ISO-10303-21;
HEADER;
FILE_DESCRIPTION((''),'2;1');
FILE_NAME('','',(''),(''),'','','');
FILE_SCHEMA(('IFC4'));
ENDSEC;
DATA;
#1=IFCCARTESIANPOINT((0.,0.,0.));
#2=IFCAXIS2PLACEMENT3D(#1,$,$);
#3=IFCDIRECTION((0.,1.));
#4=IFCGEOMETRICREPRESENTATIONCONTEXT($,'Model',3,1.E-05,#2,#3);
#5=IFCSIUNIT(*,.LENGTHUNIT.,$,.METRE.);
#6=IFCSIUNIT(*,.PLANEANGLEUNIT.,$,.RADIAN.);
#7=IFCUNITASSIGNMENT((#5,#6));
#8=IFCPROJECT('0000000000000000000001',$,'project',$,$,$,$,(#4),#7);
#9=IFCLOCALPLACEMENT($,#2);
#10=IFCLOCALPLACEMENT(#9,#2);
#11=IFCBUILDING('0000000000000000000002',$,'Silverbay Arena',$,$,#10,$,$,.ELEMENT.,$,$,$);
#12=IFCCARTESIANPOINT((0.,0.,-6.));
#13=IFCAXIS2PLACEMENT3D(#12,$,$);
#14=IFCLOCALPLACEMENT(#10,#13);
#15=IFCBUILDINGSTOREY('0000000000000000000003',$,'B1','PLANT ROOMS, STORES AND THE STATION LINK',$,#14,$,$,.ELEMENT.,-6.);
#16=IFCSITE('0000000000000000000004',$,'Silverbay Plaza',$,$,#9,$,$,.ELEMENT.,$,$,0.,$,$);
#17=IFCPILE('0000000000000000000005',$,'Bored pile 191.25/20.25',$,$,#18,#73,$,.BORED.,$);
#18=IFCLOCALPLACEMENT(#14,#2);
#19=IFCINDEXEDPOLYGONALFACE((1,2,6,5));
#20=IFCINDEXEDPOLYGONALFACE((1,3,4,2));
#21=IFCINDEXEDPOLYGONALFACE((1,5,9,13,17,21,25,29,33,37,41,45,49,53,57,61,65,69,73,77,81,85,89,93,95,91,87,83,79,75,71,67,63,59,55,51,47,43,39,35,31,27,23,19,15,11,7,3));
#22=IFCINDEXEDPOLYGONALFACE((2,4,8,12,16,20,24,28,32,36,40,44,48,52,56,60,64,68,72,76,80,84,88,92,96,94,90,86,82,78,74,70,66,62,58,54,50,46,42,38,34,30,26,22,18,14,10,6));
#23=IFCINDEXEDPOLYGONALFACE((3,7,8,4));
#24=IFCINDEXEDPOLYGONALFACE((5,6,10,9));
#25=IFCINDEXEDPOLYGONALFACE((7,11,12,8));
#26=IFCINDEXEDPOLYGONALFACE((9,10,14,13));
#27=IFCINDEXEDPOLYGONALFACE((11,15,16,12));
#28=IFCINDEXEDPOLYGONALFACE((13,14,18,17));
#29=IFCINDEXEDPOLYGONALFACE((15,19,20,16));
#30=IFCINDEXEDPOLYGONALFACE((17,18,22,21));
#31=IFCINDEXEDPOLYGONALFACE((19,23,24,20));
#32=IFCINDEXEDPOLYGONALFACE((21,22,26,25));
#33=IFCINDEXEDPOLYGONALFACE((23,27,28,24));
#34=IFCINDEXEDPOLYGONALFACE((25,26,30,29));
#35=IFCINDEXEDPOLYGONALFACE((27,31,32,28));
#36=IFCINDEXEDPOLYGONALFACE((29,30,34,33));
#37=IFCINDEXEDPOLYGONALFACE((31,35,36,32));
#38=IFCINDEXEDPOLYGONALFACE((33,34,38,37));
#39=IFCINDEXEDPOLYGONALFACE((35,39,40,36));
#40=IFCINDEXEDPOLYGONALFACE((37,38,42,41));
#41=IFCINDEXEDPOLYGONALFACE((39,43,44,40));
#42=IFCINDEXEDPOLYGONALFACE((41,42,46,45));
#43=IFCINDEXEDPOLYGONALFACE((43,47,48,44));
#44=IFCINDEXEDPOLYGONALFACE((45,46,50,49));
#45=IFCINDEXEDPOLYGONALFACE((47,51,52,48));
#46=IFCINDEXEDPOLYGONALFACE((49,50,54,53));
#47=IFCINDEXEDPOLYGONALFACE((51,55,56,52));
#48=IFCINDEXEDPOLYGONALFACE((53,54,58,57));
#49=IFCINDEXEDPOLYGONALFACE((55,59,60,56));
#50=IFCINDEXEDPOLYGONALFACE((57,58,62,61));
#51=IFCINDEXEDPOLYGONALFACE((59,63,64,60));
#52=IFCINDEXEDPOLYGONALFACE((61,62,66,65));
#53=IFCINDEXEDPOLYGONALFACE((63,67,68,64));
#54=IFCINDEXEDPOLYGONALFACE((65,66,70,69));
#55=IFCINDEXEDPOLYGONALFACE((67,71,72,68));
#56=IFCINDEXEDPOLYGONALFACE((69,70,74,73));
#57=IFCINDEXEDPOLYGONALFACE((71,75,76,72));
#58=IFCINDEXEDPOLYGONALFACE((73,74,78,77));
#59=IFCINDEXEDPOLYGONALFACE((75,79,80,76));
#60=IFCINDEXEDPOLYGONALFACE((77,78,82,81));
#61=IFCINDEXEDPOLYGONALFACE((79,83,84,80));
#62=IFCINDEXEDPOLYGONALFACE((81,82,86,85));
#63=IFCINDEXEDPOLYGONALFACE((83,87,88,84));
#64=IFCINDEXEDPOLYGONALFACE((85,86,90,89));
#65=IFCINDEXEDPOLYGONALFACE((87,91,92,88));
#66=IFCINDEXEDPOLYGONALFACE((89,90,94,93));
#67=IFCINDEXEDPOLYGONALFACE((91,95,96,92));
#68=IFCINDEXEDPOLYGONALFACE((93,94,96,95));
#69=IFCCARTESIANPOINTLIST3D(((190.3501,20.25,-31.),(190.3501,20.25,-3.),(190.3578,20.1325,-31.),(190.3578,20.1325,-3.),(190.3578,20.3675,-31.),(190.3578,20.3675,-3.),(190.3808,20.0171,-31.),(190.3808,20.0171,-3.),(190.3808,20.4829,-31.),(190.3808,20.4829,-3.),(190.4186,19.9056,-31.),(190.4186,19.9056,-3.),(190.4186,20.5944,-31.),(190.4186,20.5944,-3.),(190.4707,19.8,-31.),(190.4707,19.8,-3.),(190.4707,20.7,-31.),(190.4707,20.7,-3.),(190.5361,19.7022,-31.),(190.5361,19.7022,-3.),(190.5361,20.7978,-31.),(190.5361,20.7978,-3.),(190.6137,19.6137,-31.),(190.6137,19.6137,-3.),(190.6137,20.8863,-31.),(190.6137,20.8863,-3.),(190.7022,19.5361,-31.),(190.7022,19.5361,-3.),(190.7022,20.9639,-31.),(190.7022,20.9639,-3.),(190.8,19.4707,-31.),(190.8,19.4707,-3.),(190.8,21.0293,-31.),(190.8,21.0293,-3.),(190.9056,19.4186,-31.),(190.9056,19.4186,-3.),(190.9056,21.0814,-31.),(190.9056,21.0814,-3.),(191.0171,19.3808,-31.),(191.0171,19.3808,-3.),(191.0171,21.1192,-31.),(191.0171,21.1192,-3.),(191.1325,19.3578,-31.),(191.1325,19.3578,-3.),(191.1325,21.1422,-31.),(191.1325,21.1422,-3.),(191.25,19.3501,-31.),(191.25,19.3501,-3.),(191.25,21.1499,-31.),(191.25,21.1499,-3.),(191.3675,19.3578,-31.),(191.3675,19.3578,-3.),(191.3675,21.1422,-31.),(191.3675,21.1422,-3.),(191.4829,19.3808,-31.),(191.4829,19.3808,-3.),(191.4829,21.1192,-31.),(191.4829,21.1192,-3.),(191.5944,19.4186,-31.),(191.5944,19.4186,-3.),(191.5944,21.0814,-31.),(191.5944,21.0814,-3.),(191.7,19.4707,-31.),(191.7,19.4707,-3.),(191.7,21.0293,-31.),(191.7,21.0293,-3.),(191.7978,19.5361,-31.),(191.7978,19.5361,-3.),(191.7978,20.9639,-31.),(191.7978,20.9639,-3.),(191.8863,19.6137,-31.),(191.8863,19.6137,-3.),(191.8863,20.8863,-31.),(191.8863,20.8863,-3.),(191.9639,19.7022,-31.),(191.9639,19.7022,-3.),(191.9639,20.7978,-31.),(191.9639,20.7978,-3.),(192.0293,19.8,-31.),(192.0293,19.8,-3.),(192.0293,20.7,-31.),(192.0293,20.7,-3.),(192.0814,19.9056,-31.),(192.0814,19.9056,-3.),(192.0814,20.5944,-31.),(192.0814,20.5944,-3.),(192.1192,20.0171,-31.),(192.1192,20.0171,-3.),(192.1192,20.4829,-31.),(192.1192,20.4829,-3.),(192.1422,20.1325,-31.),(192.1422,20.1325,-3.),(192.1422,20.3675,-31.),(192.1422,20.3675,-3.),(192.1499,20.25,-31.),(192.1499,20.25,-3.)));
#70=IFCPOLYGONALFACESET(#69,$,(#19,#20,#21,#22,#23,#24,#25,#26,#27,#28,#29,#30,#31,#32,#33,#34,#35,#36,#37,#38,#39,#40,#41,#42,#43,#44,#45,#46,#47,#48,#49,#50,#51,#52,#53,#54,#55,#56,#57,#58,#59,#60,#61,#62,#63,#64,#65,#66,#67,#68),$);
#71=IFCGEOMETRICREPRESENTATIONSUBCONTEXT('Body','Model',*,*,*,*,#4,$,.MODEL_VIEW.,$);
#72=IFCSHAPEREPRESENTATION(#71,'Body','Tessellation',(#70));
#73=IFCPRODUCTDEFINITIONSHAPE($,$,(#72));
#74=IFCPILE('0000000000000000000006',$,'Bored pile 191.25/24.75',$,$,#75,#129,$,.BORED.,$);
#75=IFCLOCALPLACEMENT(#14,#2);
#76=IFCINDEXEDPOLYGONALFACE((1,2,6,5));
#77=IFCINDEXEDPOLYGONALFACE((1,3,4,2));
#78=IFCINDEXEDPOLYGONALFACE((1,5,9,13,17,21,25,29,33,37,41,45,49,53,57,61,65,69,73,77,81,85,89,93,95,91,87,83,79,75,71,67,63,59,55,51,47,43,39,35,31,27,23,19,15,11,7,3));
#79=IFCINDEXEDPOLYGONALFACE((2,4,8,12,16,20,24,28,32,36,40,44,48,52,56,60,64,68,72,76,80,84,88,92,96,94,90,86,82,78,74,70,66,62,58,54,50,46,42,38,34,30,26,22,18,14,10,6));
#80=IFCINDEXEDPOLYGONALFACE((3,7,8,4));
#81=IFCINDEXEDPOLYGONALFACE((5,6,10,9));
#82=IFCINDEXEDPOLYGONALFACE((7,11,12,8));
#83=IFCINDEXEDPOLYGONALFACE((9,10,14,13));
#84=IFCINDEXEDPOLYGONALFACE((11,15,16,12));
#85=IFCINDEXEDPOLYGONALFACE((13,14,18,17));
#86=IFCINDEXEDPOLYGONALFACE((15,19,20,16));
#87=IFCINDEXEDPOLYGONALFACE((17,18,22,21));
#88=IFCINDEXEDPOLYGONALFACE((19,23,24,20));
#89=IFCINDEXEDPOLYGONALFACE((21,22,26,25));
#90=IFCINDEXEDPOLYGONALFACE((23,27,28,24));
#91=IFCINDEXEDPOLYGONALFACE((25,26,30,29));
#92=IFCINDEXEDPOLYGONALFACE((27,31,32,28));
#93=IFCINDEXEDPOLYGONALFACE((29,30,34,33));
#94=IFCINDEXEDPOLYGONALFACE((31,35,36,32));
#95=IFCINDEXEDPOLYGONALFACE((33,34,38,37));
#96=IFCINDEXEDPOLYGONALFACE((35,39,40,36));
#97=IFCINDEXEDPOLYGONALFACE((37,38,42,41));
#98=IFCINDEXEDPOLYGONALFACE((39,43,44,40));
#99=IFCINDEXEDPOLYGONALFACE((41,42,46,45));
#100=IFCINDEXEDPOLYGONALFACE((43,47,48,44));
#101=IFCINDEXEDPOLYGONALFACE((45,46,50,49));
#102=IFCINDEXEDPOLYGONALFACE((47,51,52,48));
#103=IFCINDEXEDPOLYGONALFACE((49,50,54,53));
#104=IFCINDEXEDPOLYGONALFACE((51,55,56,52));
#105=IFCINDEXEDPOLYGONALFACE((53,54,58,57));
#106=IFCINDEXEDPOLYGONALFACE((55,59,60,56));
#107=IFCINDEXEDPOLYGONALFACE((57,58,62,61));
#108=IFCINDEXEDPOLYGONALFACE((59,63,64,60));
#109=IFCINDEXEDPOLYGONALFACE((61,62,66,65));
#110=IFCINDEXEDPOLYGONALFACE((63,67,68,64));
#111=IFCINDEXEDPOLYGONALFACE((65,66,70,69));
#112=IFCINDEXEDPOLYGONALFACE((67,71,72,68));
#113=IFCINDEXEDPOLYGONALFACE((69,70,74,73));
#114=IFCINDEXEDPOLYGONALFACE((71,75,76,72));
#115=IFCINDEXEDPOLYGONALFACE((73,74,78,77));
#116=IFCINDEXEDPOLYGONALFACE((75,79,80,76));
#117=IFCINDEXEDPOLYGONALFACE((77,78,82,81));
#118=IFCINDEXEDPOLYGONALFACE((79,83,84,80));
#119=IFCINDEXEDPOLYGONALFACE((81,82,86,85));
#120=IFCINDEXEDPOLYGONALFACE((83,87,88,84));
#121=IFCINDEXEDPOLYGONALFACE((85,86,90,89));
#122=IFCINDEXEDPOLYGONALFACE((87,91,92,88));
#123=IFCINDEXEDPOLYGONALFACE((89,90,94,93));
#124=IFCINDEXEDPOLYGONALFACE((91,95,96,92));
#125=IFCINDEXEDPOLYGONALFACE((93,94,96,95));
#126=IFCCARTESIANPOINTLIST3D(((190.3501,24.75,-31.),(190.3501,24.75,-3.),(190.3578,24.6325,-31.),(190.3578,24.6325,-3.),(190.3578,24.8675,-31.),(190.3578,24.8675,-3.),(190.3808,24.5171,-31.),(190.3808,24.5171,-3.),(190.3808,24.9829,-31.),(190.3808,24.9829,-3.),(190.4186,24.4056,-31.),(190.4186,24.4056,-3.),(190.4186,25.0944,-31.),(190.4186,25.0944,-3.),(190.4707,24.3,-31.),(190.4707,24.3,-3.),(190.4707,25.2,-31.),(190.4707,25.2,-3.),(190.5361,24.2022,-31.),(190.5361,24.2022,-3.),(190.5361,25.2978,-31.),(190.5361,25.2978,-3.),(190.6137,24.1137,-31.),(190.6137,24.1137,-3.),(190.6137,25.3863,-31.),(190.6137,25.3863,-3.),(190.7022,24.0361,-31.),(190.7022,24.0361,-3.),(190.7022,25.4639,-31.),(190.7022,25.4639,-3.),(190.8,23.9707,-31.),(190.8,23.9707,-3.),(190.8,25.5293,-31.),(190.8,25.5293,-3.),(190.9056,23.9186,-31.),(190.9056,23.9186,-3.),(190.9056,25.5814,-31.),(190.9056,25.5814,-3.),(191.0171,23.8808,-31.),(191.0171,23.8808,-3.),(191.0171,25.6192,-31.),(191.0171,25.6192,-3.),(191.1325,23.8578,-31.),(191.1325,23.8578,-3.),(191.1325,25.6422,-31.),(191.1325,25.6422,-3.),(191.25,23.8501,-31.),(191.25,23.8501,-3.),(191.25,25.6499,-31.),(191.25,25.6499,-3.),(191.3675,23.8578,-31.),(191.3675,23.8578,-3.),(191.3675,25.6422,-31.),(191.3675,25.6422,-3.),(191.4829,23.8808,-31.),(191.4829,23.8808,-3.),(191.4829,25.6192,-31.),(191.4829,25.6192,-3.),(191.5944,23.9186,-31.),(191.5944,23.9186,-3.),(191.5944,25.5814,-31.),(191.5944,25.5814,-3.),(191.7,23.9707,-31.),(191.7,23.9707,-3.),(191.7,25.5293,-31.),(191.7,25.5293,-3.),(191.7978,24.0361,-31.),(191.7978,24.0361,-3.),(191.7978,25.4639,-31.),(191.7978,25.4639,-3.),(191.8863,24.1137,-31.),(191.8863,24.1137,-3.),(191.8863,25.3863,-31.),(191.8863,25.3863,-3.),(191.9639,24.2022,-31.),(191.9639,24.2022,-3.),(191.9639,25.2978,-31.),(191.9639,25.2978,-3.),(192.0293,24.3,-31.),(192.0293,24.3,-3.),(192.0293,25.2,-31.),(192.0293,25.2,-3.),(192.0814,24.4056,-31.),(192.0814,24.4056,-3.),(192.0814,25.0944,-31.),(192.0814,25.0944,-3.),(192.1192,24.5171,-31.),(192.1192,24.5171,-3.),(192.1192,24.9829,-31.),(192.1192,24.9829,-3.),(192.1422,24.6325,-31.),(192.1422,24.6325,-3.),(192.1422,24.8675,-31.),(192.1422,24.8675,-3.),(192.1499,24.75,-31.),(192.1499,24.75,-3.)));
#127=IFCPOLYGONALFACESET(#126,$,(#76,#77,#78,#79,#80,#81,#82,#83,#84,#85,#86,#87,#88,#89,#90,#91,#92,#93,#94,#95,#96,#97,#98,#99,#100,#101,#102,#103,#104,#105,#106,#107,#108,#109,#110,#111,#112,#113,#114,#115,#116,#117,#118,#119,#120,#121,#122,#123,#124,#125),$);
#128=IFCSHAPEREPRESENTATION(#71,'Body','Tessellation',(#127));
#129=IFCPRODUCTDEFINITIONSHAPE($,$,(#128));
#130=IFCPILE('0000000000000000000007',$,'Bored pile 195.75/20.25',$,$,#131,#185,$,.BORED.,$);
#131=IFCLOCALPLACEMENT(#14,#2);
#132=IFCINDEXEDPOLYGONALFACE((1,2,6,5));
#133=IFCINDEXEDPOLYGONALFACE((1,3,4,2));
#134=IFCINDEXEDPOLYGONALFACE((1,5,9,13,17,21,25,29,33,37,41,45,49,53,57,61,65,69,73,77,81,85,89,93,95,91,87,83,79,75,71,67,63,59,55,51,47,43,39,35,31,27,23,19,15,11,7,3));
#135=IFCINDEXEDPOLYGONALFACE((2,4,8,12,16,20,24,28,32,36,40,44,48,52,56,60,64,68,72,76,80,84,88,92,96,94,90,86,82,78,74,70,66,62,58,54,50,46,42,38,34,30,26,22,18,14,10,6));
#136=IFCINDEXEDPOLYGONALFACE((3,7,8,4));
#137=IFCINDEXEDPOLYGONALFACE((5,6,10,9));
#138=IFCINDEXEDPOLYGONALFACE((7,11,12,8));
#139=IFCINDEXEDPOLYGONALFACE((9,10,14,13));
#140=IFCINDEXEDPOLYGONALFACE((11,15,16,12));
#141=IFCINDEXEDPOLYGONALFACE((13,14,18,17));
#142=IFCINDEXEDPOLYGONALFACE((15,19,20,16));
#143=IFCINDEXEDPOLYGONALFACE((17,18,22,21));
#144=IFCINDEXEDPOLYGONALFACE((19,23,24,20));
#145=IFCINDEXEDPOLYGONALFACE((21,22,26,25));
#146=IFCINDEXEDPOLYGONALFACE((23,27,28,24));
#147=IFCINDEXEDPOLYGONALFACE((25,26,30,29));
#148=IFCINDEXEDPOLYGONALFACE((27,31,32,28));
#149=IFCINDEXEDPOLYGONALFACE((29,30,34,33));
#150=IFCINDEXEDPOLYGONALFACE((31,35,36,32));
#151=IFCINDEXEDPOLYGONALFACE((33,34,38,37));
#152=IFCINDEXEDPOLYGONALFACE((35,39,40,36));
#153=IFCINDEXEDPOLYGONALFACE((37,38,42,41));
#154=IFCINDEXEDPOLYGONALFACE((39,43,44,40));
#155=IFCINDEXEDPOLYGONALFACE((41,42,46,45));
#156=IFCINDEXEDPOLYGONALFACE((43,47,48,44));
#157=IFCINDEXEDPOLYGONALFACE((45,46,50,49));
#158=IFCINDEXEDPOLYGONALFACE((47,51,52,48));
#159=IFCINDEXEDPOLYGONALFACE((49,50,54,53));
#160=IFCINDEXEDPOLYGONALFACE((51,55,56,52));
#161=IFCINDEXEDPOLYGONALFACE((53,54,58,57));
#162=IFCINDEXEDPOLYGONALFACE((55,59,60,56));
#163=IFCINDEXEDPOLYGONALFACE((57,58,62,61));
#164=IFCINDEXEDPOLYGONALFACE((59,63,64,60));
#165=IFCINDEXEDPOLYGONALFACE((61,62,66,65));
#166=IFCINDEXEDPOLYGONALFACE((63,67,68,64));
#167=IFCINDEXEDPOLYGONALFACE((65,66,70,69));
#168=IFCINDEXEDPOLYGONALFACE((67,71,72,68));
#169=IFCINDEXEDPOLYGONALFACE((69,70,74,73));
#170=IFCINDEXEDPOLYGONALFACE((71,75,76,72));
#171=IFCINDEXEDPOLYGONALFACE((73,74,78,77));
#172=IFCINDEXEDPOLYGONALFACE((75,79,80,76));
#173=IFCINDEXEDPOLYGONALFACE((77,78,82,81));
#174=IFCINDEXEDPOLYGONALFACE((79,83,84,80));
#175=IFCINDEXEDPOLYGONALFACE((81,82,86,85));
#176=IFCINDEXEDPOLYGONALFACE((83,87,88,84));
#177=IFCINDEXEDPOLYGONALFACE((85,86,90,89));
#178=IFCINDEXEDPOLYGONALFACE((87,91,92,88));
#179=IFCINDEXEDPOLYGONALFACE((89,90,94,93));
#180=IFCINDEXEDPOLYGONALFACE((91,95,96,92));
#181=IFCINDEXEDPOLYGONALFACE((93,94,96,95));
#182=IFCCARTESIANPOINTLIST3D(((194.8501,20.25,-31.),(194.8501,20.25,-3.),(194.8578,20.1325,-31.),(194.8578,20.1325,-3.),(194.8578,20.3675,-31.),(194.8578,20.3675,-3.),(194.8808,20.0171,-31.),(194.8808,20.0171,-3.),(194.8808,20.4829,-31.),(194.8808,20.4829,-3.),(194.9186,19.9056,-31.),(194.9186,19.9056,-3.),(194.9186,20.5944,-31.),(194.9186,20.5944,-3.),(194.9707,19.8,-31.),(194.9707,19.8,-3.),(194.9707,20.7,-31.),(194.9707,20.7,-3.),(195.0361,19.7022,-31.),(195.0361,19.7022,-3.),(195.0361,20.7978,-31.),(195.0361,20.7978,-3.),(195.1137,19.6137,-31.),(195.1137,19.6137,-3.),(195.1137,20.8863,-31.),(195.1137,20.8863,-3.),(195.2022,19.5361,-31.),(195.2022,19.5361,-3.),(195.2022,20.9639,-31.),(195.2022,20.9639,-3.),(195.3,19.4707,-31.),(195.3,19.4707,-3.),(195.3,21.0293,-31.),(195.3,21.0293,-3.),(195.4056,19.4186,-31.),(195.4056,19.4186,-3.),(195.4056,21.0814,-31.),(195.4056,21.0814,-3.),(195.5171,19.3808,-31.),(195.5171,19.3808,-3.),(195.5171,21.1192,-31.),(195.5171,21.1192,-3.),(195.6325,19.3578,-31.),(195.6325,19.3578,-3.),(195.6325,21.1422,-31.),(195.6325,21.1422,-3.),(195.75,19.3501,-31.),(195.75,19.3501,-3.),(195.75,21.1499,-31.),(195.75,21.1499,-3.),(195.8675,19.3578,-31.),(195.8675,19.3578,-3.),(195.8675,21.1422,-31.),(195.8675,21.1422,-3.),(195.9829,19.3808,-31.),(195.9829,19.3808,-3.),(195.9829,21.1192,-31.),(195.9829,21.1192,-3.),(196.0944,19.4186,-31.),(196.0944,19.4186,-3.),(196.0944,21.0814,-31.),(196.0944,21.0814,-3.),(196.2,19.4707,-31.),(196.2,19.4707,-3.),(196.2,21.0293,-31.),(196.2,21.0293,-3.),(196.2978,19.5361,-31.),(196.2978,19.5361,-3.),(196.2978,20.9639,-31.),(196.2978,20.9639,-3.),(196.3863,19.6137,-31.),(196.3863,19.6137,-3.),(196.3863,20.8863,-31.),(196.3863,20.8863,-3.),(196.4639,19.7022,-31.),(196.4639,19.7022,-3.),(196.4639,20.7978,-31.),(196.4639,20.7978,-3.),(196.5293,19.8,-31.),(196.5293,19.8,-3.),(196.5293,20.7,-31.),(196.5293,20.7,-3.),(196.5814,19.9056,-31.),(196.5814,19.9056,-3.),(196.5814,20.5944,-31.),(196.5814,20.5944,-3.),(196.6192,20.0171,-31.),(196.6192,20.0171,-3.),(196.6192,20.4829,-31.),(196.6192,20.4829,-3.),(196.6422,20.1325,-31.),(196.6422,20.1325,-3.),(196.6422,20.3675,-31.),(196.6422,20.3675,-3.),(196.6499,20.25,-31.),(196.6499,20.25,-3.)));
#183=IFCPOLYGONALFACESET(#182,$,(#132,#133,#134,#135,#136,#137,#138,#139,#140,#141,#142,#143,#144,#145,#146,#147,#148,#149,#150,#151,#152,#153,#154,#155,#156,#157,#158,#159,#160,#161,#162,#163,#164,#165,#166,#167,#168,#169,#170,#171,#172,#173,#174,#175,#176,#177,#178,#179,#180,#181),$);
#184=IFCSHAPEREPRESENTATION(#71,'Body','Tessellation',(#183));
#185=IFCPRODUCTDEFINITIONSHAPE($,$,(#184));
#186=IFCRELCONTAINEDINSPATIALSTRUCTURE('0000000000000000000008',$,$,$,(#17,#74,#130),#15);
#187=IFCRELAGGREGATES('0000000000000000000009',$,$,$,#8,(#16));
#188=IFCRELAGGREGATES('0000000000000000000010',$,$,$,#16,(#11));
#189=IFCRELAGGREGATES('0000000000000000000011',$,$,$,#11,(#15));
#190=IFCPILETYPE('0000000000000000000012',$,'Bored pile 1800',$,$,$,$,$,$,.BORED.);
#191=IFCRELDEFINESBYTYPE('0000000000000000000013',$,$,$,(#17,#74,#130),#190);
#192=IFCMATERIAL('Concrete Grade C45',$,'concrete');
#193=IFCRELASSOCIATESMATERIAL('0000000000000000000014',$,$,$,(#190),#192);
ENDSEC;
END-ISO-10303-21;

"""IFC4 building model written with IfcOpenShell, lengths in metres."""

from ifc_helpers import new_model, si_unit, direction, frame, origin, origin_2d, place, context, subcontext, project, spatial, circle, extrude, material, material_profile, profile_set, type_object, element, save


model = new_model("IFC4")

# Units and contexts
model_context = context("Model", 3, precision=1e-05, world=origin(), true_north=direction((0.0, 1.0)))
body_context = subcontext(model_context, "Body", "Model", "MODEL_VIEW")
ifc_project = project(units=[si_unit("LENGTHUNIT", "METRE"), si_unit("PLANEANGLEUNIT", "RADIAN")], contexts=[model_context])

# Site, building, storey
site_placement = place(None, origin())
site = spatial("IfcSite", under=ifc_project, at=site_placement, Name="Silverbay Plaza", CompositionType="ELEMENT", RefElevation=0.0)
building_placement = place(site_placement, origin())
building = spatial("IfcBuilding", under=site, at=building_placement, Name="Silverbay Arena", CompositionType="ELEMENT")
storey_placement = place(building_placement, frame((0.0, 0.0, -6.0)))
storey = spatial("IfcBuildingStorey", under=building, at=storey_placement, Name="B1", Description="PLANT ROOMS, STORES AND THE STATION LINK", CompositionType="ELEMENT", Elevation=-6.0)

# Piles
ifc_material_1 = material(Name="Concrete Grade C45", Category="concrete")
ifc_material_profile_1 = material_profile(ifc_material_1, circle(Radius=0.8999, at=origin_2d()), Name="Bored pile 1800")
ifc_profile_set_1 = profile_set([ifc_material_profile_1], Name="Concrete Grade C45")
pile_type_1 = type_object("IfcPileType", Name="Bored pile 1800", PredefinedType="BORED", material=ifc_profile_set_1)
for number, where, z_axis, x_axis, name in (
    (1, (191.25, 20.25, -3.0), (0.0, 0.0, -1.0), (1.0, 0.0, 0.0), "Bored pile 191.25/20.25"),
    (2, (191.25, 24.75, -3.0), (0.0, 0.0, -1.0), (1.0, 0.0, 0.0), "Bored pile 191.25/24.75"),
    (3, (195.75, 20.25, -3.0), (0.0, 0.0, -1.0), (1.0, 0.0, 0.0), "Bored pile 195.75/20.25"),
):
    element("IfcPile", number, at=place(storey_placement, frame(where, z_axis=z_axis, x_axis=x_axis)), inside=storey, type_object=pile_type_1, Name=name, PredefinedType="BORED", context=body_context, shape_type="SweptSolid", body=[
        extrude(circle(Radius=0.8999, at=origin_2d()), origin(), (0.0, 0.0, 1.0), 28.0),
    ])

save(model, "model.ifc")
